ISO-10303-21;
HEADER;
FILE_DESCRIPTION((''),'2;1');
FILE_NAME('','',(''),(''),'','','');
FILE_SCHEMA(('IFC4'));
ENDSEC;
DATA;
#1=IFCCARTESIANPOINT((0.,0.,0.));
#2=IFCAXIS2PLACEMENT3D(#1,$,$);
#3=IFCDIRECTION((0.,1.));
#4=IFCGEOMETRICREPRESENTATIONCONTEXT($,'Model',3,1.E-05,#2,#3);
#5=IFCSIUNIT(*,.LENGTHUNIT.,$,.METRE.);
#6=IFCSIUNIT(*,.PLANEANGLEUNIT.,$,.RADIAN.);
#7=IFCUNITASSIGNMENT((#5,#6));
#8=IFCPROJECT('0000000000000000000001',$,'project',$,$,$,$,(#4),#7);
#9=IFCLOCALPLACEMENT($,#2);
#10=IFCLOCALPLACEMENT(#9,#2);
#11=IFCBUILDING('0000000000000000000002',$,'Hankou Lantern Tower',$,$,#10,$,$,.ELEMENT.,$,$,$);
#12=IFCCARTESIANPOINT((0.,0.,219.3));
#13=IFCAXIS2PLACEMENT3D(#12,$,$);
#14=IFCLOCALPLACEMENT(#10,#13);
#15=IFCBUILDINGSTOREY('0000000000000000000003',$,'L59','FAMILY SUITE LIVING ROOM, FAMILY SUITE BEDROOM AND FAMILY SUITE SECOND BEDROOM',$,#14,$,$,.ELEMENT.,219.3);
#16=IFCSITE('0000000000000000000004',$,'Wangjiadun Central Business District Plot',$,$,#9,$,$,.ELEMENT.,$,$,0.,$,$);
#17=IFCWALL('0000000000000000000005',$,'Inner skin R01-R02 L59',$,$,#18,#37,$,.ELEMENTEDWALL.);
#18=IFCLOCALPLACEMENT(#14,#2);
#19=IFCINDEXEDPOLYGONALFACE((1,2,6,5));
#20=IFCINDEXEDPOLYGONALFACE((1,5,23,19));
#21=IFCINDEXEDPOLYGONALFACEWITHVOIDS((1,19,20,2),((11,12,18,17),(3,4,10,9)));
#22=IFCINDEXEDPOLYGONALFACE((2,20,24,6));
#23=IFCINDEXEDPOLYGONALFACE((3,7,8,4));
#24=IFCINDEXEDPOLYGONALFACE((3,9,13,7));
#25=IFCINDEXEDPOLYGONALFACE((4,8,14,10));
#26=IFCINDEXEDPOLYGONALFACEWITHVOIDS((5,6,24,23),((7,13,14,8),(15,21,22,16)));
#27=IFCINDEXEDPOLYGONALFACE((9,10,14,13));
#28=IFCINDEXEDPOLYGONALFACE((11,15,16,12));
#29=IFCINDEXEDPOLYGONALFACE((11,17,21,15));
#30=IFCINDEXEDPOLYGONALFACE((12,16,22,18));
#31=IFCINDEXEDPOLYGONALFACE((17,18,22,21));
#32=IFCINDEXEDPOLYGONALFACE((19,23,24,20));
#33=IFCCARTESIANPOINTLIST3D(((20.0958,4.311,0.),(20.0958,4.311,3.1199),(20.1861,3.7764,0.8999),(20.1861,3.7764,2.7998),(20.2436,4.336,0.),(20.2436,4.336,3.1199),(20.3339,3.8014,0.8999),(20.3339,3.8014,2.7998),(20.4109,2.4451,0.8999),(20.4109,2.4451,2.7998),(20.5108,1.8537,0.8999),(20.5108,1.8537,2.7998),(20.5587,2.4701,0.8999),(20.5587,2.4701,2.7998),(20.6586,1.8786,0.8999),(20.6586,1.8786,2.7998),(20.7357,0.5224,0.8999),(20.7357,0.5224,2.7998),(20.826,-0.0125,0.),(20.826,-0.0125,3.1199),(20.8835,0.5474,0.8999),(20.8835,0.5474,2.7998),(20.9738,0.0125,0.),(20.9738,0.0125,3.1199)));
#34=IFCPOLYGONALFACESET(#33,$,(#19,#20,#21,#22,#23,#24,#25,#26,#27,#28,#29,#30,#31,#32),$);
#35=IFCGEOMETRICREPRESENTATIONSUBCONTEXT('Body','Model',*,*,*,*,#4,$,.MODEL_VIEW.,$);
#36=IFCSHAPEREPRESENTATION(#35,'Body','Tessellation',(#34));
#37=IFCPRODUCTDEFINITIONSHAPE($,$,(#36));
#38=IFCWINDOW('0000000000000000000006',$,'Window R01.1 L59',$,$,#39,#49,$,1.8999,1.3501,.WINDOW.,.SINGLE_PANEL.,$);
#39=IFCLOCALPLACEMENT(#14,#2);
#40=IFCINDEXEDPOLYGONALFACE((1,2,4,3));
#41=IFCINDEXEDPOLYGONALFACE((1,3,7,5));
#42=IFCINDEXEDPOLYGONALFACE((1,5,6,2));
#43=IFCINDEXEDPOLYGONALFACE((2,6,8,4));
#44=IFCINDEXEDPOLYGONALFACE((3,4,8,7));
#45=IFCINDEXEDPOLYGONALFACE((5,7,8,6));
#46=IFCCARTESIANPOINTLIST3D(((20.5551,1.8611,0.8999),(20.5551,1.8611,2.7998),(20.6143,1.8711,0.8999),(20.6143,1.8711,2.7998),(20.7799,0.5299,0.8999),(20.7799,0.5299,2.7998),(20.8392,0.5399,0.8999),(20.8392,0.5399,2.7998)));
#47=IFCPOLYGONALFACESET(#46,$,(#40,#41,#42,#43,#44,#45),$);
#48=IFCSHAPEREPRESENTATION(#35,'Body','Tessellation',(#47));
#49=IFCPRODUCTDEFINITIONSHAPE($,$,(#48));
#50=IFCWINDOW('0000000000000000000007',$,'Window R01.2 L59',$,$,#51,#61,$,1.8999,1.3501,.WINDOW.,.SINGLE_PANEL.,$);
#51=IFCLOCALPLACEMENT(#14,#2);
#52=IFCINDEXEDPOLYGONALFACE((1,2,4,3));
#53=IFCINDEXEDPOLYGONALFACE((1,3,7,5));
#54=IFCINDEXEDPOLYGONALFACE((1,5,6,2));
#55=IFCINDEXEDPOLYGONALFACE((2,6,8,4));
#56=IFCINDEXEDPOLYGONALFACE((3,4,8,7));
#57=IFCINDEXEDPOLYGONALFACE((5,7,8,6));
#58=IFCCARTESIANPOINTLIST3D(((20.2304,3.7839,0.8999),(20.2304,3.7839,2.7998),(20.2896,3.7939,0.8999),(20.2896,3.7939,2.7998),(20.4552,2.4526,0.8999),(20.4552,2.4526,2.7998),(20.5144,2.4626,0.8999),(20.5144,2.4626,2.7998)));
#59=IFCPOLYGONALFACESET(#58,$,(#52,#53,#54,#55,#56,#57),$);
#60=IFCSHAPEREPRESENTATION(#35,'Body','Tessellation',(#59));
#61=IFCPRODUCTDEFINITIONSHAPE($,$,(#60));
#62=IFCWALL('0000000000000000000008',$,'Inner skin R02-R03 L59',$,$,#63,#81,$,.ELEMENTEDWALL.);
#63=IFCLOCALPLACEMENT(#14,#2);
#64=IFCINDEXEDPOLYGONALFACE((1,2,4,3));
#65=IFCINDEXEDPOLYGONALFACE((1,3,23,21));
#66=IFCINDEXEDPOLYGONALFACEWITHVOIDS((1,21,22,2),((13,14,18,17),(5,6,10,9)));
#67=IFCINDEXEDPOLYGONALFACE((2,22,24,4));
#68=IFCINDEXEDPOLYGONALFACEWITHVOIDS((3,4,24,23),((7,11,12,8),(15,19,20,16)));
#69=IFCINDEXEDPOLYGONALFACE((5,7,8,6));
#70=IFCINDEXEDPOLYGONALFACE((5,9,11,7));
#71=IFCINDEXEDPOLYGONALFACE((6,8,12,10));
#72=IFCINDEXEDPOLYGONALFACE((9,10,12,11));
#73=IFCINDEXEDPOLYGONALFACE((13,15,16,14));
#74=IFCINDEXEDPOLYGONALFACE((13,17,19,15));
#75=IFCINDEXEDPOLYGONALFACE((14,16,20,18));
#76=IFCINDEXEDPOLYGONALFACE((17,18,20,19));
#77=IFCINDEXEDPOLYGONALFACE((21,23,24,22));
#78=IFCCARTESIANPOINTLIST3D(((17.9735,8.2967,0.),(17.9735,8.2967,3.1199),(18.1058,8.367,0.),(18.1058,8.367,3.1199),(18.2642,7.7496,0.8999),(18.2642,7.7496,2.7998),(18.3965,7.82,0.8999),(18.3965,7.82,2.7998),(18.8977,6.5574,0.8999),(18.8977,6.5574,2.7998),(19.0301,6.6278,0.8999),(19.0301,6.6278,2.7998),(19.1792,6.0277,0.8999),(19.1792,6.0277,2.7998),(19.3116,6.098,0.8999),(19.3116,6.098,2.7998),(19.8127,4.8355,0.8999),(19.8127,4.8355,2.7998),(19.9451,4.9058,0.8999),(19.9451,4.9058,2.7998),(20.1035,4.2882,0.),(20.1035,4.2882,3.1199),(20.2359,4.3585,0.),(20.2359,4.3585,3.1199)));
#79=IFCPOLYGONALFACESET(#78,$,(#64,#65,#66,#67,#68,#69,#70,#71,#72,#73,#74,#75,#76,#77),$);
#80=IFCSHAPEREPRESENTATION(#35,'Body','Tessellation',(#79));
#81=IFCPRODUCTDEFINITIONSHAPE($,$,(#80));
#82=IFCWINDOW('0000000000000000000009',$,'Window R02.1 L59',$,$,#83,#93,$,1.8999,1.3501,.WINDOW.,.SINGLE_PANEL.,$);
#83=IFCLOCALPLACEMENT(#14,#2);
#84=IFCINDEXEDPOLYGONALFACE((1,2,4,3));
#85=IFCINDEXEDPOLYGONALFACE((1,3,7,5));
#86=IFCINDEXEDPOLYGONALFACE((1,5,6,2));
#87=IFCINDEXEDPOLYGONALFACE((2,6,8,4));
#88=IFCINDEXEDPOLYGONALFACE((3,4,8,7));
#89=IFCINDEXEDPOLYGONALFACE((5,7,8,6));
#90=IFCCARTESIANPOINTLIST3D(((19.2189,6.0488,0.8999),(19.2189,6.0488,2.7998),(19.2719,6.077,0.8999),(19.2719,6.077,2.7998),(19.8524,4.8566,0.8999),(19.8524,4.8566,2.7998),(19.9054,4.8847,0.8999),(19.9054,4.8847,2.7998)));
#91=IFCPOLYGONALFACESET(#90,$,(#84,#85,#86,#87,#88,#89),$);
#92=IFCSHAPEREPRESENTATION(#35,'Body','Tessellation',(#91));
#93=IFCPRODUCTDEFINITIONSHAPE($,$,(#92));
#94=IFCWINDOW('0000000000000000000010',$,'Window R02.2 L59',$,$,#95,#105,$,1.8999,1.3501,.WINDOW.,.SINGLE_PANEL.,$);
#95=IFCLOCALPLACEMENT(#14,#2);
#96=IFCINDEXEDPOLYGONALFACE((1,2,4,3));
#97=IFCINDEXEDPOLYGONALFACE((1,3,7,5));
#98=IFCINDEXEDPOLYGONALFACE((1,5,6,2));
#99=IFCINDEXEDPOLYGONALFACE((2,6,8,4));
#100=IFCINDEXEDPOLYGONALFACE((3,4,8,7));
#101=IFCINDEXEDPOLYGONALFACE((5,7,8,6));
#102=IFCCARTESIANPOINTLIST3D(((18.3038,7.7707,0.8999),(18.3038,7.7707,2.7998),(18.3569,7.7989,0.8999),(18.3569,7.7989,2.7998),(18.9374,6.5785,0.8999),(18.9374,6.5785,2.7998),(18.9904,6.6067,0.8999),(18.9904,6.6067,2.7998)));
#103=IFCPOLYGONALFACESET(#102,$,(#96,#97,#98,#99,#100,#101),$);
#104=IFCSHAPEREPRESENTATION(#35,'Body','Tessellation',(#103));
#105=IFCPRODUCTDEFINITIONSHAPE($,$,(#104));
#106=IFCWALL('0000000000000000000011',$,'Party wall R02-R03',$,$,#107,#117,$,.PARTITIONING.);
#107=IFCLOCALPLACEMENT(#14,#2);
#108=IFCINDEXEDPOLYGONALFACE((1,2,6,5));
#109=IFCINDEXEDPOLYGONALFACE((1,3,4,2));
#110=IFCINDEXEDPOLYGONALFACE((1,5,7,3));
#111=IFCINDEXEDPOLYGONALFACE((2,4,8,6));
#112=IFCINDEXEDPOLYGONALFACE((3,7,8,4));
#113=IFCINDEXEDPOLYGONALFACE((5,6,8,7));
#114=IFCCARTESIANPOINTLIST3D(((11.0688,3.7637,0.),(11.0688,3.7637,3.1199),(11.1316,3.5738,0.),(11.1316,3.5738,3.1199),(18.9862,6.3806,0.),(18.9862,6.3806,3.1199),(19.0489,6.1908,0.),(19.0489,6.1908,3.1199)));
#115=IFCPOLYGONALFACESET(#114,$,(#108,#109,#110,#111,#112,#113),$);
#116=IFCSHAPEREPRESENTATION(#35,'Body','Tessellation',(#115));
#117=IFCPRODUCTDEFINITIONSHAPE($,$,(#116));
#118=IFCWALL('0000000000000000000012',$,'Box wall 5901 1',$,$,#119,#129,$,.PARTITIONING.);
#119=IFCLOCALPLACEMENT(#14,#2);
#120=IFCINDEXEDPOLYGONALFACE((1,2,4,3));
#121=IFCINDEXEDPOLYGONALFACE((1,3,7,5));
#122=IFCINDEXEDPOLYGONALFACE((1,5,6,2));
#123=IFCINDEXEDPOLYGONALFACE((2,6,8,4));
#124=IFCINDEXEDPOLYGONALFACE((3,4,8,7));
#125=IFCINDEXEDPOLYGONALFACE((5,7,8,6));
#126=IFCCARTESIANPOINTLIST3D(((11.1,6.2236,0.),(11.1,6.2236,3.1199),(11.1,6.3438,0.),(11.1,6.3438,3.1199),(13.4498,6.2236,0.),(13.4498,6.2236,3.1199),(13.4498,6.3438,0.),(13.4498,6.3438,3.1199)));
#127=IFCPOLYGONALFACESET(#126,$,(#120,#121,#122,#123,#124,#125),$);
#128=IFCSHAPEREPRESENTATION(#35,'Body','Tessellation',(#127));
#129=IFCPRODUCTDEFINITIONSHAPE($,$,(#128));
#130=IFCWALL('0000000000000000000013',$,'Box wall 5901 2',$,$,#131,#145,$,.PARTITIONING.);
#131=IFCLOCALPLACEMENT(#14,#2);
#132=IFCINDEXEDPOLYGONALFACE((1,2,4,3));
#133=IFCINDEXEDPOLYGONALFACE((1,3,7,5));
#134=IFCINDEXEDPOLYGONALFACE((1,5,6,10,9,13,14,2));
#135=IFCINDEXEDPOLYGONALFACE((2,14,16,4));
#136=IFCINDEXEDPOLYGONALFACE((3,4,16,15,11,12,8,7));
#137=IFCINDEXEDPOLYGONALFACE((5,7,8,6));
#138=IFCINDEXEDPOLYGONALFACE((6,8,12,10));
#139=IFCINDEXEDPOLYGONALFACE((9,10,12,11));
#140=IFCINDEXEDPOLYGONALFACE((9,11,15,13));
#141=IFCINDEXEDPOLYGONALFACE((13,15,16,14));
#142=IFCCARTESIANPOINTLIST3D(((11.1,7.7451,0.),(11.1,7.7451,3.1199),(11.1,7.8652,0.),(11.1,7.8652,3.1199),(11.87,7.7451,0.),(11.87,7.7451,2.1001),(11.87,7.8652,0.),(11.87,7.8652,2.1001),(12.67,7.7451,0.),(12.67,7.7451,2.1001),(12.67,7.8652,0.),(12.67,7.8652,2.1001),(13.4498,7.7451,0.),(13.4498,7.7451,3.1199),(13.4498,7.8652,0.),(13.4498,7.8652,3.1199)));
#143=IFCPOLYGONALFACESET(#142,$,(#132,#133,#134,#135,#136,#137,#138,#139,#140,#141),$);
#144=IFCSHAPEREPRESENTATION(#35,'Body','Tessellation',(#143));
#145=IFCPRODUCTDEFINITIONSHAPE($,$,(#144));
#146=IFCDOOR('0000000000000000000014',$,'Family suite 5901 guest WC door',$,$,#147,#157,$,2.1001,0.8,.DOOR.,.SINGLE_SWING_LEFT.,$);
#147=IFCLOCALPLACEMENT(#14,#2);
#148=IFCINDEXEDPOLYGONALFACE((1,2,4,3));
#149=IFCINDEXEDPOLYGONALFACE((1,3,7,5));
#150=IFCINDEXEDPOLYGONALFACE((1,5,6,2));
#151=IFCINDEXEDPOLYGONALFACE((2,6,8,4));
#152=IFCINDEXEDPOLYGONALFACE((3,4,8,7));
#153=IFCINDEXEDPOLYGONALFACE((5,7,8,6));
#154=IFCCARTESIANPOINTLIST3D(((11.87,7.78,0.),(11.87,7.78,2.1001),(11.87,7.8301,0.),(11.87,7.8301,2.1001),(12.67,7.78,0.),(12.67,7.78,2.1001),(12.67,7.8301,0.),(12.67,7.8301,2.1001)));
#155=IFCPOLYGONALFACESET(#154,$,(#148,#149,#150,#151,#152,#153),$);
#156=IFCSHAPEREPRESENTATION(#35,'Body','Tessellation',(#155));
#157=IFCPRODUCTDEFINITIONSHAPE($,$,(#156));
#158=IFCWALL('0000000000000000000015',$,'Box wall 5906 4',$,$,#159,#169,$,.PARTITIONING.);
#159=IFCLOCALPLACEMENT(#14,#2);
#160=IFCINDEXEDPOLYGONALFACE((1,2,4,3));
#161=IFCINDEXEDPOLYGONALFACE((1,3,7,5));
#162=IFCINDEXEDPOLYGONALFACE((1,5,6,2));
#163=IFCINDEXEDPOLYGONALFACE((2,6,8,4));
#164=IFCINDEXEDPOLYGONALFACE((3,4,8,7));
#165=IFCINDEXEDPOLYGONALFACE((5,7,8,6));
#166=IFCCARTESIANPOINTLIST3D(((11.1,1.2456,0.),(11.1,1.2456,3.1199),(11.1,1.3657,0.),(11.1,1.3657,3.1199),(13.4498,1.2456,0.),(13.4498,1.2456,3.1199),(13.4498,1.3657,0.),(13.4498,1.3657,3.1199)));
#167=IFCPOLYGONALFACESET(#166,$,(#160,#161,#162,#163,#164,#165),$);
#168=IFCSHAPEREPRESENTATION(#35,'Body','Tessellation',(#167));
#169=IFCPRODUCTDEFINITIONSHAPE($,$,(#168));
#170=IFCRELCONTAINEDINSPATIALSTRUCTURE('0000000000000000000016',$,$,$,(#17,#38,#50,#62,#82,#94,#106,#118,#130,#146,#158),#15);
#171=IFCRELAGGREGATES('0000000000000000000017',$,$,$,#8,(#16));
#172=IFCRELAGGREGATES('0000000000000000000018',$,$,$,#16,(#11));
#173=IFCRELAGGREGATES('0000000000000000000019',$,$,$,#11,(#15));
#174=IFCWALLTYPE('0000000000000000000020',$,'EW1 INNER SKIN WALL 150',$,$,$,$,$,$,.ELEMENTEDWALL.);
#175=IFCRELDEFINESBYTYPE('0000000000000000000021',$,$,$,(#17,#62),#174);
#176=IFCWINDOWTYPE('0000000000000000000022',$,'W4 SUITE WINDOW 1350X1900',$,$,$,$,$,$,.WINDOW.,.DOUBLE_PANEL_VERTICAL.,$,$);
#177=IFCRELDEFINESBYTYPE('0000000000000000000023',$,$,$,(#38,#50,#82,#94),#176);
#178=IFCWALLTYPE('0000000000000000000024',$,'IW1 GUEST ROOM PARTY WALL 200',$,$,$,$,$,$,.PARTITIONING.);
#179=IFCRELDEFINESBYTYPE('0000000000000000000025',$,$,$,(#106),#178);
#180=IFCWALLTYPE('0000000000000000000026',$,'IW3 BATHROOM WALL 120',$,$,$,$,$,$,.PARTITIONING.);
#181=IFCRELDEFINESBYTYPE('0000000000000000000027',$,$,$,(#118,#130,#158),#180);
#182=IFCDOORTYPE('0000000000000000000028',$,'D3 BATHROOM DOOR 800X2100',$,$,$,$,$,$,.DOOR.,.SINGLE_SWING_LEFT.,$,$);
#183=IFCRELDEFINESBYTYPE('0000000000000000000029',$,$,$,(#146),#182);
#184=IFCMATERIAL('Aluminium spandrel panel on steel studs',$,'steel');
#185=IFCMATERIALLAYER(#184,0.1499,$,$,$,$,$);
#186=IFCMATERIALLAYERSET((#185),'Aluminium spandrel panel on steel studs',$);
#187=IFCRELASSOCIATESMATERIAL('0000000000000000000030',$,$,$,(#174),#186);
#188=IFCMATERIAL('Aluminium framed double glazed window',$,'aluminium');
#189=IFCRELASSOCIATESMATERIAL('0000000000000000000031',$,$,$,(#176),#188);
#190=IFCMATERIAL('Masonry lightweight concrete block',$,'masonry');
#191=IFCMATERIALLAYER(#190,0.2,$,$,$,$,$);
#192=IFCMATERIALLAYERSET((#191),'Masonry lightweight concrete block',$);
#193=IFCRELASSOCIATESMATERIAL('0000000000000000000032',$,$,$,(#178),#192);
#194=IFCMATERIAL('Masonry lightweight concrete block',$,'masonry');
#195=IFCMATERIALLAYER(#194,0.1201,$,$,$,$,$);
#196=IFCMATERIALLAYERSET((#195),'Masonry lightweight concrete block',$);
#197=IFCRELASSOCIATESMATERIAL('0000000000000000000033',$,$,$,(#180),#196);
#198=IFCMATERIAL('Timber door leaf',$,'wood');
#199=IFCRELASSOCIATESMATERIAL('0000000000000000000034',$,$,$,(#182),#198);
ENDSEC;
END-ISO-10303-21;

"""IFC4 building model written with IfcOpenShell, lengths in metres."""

from ifc_helpers import new_model, si_unit, direction, frame, frame_2d, origin, place, context, subcontext, project, spatial, rectangle, extrude, material, layer, layer_set, type_object, element, fill, save


model = new_model("IFC4")

# Units and contexts
model_context = context("Model", 3, precision=1e-05, world=origin(), true_north=direction((0.0, 1.0)))
body_context = subcontext(model_context, "Body", "Model", "MODEL_VIEW")
ifc_project = project(units=[si_unit("LENGTHUNIT", "METRE"), si_unit("PLANEANGLEUNIT", "RADIAN")], contexts=[model_context])

# Site, building, storey
site_placement = place(None, origin())
site = spatial("IfcSite", under=ifc_project, at=site_placement, Name="Wangjiadun Central Business District Plot", CompositionType="ELEMENT", RefElevation=0.0)
building_placement = place(site_placement, origin())
building = spatial("IfcBuilding", under=site, at=building_placement, Name="Hankou Lantern Tower", CompositionType="ELEMENT")
storey_placement = place(building_placement, frame((0.0, 0.0, 219.3)))
storey = spatial("IfcBuildingStorey", under=building, at=storey_placement, Name="L59", Description="FAMILY SUITE LIVING ROOM, FAMILY SUITE BEDROOM AND FAMILY SUITE SECOND BEDROOM", CompositionType="ELEMENT", Elevation=219.3)

# Walls, openings, windows
ifc_material_1 = material(Name="Aluminium spandrel panel on steel studs", Category="steel")
ifc_layer_1 = layer(ifc_material_1, 0.1499)
ifc_layer_set_1 = layer_set([ifc_layer_1], Name="Aluminium spandrel panel on steel studs")
wall_type_1 = type_object("IfcWallType", Name="EW1 INNER SKIN WALL 150", PredefinedType="ELEMENTEDWALL", material=ifc_layer_set_1)
wall_1_placement = place(storey_placement, frame((20.8999, 0.0, 0.0), z_axis=(0.0, 0.0, 1.0), x_axis=(-0.166539, 0.986035, 0.0)))
wall_1 = element("IfcWall", 1, at=wall_1_placement, inside=storey, type_object=wall_type_1, Name="Inner skin R01-R02 L59", PredefinedType="ELEMENTEDWALL", context=body_context, shape_type="SweptSolid", body=[
    extrude(rectangle(XDim=4.3848, YDim=0.1499, at=frame_2d((2.1924, 0.0))), origin(), (0.0, 0.0, 1.0), 3.1199),
])
opening_1_placement = place(wall_1_placement, frame((0.5425, 0.0, 0.8999)))
opening_1 = element("IfcOpeningElement", 2, at=opening_1_placement, cuts=wall_1, PredefinedType="OPENING", context=body_context, shape_type="SweptSolid", body=[
    extrude(rectangle(XDim=1.3501, YDim=1.8999, at=frame_2d((0.675, 0.95))), frame((0.0, 0.085, 0.0), z_axis=(0.0, -1.0, 0.0), x_axis=(1.0, 0.0, 0.0)), (0.0, 0.0, 1.0), 0.1699),
])
opening_2_placement = place(wall_1_placement, frame((2.4924, 0.0, 0.8999)))
opening_2 = element("IfcOpeningElement", 3, at=opening_2_placement, cuts=wall_1, PredefinedType="OPENING", context=body_context, shape_type="SweptSolid", body=[
    extrude(rectangle(XDim=1.3501, YDim=1.8999, at=frame_2d((0.675, 0.95))), frame((0.0, 0.085, 0.0), z_axis=(0.0, -1.0, 0.0), x_axis=(1.0, 0.0, 0.0)), (0.0, 0.0, 1.0), 0.1699),
])
ifc_material_2 = material(Name="Aluminium framed double glazed window", Category="aluminium")
window_type = type_object("IfcWindowType", Name="W4 SUITE WINDOW 1350X1900", PartitioningType="DOUBLE_PANEL_VERTICAL", PredefinedType="WINDOW", material=ifc_material_2)
window_1_placement = place(opening_1_placement, origin())
window_1 = element("IfcWindow", 4, at=window_1_placement, inside=storey, type_object=window_type, Name="Window R01.1 L59", OverallHeight=1.8999, OverallWidth=1.3501, PartitioningType="SINGLE_PANEL", PredefinedType="WINDOW", context=body_context, shape_type="SweptSolid", body=[
    extrude(rectangle(XDim=1.3501, YDim=1.8999, at=frame_2d((0.675, 0.95))), frame((0.0, 0.03, 0.0), z_axis=(0.0, -1.0, 0.0), x_axis=(1.0, 0.0, 0.0)), (0.0, 0.0, 1.0), 0.0601),
])
fill(opening_1, window_1)
window_2_placement = place(opening_2_placement, origin())
window_2 = element("IfcWindow", 5, at=window_2_placement, inside=storey, type_object=window_type, Name="Window R01.2 L59", OverallHeight=1.8999, OverallWidth=1.3501, PartitioningType="SINGLE_PANEL", PredefinedType="WINDOW", context=body_context, shape_type="SweptSolid", body=[
    extrude(rectangle(XDim=1.3501, YDim=1.8999, at=frame_2d((0.675, 0.95))), frame((0.0, 0.03, 0.0), z_axis=(0.0, -1.0, 0.0), x_axis=(1.0, 0.0, 0.0)), (0.0, 0.0, 1.0), 0.0601),
])
fill(opening_2, window_2)
wall_2_placement = place(storey_placement, frame((20.1697, 4.3235, 0.0), z_axis=(0.0, 0.0, 1.0), x_axis=(-0.469256, 0.883062, 0.0)))
wall_2 = element("IfcWall", 6, at=wall_2_placement, inside=storey, type_object=wall_type_1, Name="Inner skin R02-R03 L59", PredefinedType="ELEMENTEDWALL", context=body_context, shape_type="SweptSolid", body=[
    extrude(rectangle(XDim=4.5393, YDim=0.1499, at=frame_2d((2.2695, 0.0))), origin(), (0.0, 0.0, 1.0), 3.1199),
])
opening_3_placement = place(wall_2_placement, frame((0.6196, 0.0, 0.8999)))
opening_3 = element("IfcOpeningElement", 7, at=opening_3_placement, cuts=wall_2, PredefinedType="OPENING", context=body_context, shape_type="SweptSolid", body=[
    extrude(rectangle(XDim=1.3501, YDim=1.8999, at=frame_2d((0.675, 0.95))), frame((0.0, 0.085, 0.0), z_axis=(0.0, -1.0, 0.0), x_axis=(1.0, 0.0, 0.0)), (0.0, 0.0, 1.0), 0.1699),
])
opening_4_placement = place(wall_2_placement, frame((2.5696, 0.0, 0.8999)))
opening_4 = element("IfcOpeningElement", 8, at=opening_4_placement, cuts=wall_2, PredefinedType="OPENING", context=body_context, shape_type="SweptSolid", body=[
    extrude(rectangle(XDim=1.3501, YDim=1.8999, at=frame_2d((0.675, 0.95))), frame((0.0, 0.085, 0.0), z_axis=(0.0, -1.0, 0.0), x_axis=(1.0, 0.0, 0.0)), (0.0, 0.0, 1.0), 0.1699),
])
window_3_placement = place(opening_3_placement, origin())
window_3 = element("IfcWindow", 9, at=window_3_placement, inside=storey, type_object=window_type, Name="Window R02.1 L59", OverallHeight=1.8999, OverallWidth=1.3501, PartitioningType="SINGLE_PANEL", PredefinedType="WINDOW", context=body_context, shape_type="SweptSolid", body=[
    extrude(rectangle(XDim=1.3501, YDim=1.8999, at=frame_2d((0.675, 0.95))), frame((0.0, 0.03, 0.0), z_axis=(0.0, -1.0, 0.0), x_axis=(1.0, 0.0, 0.0)), (0.0, 0.0, 1.0), 0.0601),
])
fill(opening_3, window_3)
window_4_placement = place(opening_4_placement, origin())
window_4 = element("IfcWindow", 10, at=window_4_placement, inside=storey, type_object=window_type, Name="Window R02.2 L59", OverallHeight=1.8999, OverallWidth=1.3501, PartitioningType="SINGLE_PANEL", PredefinedType="WINDOW", context=body_context, shape_type="SweptSolid", body=[
    extrude(rectangle(XDim=1.3501, YDim=1.8999, at=frame_2d((0.675, 0.95))), frame((0.0, 0.03, 0.0), z_axis=(0.0, -1.0, 0.0), x_axis=(1.0, 0.0, 0.0)), (0.0, 0.0, 1.0), 0.0601),
])
fill(opening_4, window_4)

# Walls
ifc_material_3 = material(Name="Masonry lightweight concrete block", Category="masonry")
ifc_layer_2 = layer(ifc_material_3, 0.2)
ifc_layer_set_2 = layer_set([ifc_layer_2], Name="Masonry lightweight concrete block")
wall_type_2 = type_object("IfcWallType", Name="IW1 GUEST ROOM PARTY WALL 200", PredefinedType="PARTITIONING", material=ifc_layer_set_2)
wall_3_placement = place(storey_placement, frame((11.1001, 3.6687, 0.0), z_axis=(0.0, 0.0, 1.0), x_axis=(0.949477, 0.313838, 0.0)))
element("IfcWall", 11, at=wall_3_placement, inside=storey, type_object=wall_type_2, Name="Party wall R02-R03", PredefinedType="PARTITIONING", context=body_context, shape_type="SweptSolid", body=[
    extrude(rectangle(XDim=8.3386, YDim=0.2, at=frame_2d((4.1694, 0.0))), origin(), (0.0, 0.0, 1.0), 3.1199),
])
ifc_material_4 = material(Name="Masonry lightweight concrete block", Category="masonry")
ifc_layer_3 = layer(ifc_material_4, 0.1201)
ifc_layer_set_3 = layer_set([ifc_layer_3], Name="Masonry lightweight concrete block")
wall_type_3 = type_object("IfcWallType", Name="IW3 BATHROOM WALL 120", PredefinedType="PARTITIONING", material=ifc_layer_set_3)
wall_4_placement = place(storey_placement, frame((11.1001, 6.2837, 0.0), z_axis=(0.0, 0.0, 1.0), x_axis=(1.0, 0.0, 0.0)))
element("IfcWall", 12, at=wall_4_placement, inside=storey, type_object=wall_type_3, Name="Box wall 5901 1", PredefinedType="PARTITIONING", context=body_context, shape_type="SweptSolid", body=[
    extrude(rectangle(XDim=2.3499, YDim=0.1201, at=frame_2d((1.1748, 0.0))), origin(), (0.0, 0.0, 1.0), 3.1199),
])

# Wall, opening, door
wall_5_placement = place(storey_placement, frame((11.1001, 7.8052, 0.0), z_axis=(0.0, 0.0, 1.0), x_axis=(1.0, 0.0, 0.0)))
wall_5 = element("IfcWall", 13, at=wall_5_placement, inside=storey, type_object=wall_type_3, Name="Box wall 5901 2", PredefinedType="PARTITIONING", context=body_context, shape_type="SweptSolid", body=[
    extrude(rectangle(XDim=2.3499, YDim=0.1201, at=frame_2d((1.1748, 0.0))), origin(), (0.0, 0.0, 1.0), 3.1199),
])
opening_5_placement = place(wall_5_placement, frame((0.77, 0.0, 0.0)))
opening_5 = element("IfcOpeningElement", 14, at=opening_5_placement, cuts=wall_5, PredefinedType="OPENING", context=body_context, shape_type="SweptSolid", body=[
    extrude(rectangle(XDim=0.8, YDim=2.1001, at=frame_2d((0.3999, 1.05))), frame((0.0, 0.0701, 0.0), z_axis=(0.0, -1.0, 0.0), x_axis=(1.0, 0.0, 0.0)), (0.0, 0.0, 1.0), 0.1401),
])
ifc_material_5 = material(Name="Timber door leaf", Category="wood")
door_type_1 = type_object("IfcDoorType", Name="D3 BATHROOM DOOR 800X2100", OperationType="SINGLE_SWING_LEFT", PredefinedType="DOOR", material=ifc_material_5)
door_1_placement = place(opening_5_placement, origin())
door_1 = element("IfcDoor", 15, at=door_1_placement, inside=storey, type_object=door_type_1, Name="Family suite 5901 guest WC door", OperationType="SINGLE_SWING_LEFT", OverallHeight=2.1001, OverallWidth=0.8, PredefinedType="DOOR", context=body_context, shape_type="SweptSolid", body=[
    extrude(rectangle(XDim=0.8, YDim=2.1001, at=frame_2d((0.3999, 1.05))), frame((0.0, 0.0249, 0.0), z_axis=(0.0, -1.0, 0.0), x_axis=(1.0, 0.0, 0.0)), (0.0, 0.0, 1.0), 0.05),
])
fill(opening_5, door_1)

# Wall
wall_6_placement = place(storey_placement, frame((11.1001, 1.3057, 0.0), z_axis=(0.0, 0.0, 1.0), x_axis=(1.0, 0.0, 0.0)))
element("IfcWall", 16, at=wall_6_placement, inside=storey, type_object=wall_type_3, Name="Box wall 5906 4", PredefinedType="PARTITIONING", context=body_context, shape_type="SweptSolid", body=[
    extrude(rectangle(XDim=2.3499, YDim=0.1201, at=frame_2d((1.1748, 0.0))), origin(), (0.0, 0.0, 1.0), 3.1199),
])

save(model, "model.ifc")
